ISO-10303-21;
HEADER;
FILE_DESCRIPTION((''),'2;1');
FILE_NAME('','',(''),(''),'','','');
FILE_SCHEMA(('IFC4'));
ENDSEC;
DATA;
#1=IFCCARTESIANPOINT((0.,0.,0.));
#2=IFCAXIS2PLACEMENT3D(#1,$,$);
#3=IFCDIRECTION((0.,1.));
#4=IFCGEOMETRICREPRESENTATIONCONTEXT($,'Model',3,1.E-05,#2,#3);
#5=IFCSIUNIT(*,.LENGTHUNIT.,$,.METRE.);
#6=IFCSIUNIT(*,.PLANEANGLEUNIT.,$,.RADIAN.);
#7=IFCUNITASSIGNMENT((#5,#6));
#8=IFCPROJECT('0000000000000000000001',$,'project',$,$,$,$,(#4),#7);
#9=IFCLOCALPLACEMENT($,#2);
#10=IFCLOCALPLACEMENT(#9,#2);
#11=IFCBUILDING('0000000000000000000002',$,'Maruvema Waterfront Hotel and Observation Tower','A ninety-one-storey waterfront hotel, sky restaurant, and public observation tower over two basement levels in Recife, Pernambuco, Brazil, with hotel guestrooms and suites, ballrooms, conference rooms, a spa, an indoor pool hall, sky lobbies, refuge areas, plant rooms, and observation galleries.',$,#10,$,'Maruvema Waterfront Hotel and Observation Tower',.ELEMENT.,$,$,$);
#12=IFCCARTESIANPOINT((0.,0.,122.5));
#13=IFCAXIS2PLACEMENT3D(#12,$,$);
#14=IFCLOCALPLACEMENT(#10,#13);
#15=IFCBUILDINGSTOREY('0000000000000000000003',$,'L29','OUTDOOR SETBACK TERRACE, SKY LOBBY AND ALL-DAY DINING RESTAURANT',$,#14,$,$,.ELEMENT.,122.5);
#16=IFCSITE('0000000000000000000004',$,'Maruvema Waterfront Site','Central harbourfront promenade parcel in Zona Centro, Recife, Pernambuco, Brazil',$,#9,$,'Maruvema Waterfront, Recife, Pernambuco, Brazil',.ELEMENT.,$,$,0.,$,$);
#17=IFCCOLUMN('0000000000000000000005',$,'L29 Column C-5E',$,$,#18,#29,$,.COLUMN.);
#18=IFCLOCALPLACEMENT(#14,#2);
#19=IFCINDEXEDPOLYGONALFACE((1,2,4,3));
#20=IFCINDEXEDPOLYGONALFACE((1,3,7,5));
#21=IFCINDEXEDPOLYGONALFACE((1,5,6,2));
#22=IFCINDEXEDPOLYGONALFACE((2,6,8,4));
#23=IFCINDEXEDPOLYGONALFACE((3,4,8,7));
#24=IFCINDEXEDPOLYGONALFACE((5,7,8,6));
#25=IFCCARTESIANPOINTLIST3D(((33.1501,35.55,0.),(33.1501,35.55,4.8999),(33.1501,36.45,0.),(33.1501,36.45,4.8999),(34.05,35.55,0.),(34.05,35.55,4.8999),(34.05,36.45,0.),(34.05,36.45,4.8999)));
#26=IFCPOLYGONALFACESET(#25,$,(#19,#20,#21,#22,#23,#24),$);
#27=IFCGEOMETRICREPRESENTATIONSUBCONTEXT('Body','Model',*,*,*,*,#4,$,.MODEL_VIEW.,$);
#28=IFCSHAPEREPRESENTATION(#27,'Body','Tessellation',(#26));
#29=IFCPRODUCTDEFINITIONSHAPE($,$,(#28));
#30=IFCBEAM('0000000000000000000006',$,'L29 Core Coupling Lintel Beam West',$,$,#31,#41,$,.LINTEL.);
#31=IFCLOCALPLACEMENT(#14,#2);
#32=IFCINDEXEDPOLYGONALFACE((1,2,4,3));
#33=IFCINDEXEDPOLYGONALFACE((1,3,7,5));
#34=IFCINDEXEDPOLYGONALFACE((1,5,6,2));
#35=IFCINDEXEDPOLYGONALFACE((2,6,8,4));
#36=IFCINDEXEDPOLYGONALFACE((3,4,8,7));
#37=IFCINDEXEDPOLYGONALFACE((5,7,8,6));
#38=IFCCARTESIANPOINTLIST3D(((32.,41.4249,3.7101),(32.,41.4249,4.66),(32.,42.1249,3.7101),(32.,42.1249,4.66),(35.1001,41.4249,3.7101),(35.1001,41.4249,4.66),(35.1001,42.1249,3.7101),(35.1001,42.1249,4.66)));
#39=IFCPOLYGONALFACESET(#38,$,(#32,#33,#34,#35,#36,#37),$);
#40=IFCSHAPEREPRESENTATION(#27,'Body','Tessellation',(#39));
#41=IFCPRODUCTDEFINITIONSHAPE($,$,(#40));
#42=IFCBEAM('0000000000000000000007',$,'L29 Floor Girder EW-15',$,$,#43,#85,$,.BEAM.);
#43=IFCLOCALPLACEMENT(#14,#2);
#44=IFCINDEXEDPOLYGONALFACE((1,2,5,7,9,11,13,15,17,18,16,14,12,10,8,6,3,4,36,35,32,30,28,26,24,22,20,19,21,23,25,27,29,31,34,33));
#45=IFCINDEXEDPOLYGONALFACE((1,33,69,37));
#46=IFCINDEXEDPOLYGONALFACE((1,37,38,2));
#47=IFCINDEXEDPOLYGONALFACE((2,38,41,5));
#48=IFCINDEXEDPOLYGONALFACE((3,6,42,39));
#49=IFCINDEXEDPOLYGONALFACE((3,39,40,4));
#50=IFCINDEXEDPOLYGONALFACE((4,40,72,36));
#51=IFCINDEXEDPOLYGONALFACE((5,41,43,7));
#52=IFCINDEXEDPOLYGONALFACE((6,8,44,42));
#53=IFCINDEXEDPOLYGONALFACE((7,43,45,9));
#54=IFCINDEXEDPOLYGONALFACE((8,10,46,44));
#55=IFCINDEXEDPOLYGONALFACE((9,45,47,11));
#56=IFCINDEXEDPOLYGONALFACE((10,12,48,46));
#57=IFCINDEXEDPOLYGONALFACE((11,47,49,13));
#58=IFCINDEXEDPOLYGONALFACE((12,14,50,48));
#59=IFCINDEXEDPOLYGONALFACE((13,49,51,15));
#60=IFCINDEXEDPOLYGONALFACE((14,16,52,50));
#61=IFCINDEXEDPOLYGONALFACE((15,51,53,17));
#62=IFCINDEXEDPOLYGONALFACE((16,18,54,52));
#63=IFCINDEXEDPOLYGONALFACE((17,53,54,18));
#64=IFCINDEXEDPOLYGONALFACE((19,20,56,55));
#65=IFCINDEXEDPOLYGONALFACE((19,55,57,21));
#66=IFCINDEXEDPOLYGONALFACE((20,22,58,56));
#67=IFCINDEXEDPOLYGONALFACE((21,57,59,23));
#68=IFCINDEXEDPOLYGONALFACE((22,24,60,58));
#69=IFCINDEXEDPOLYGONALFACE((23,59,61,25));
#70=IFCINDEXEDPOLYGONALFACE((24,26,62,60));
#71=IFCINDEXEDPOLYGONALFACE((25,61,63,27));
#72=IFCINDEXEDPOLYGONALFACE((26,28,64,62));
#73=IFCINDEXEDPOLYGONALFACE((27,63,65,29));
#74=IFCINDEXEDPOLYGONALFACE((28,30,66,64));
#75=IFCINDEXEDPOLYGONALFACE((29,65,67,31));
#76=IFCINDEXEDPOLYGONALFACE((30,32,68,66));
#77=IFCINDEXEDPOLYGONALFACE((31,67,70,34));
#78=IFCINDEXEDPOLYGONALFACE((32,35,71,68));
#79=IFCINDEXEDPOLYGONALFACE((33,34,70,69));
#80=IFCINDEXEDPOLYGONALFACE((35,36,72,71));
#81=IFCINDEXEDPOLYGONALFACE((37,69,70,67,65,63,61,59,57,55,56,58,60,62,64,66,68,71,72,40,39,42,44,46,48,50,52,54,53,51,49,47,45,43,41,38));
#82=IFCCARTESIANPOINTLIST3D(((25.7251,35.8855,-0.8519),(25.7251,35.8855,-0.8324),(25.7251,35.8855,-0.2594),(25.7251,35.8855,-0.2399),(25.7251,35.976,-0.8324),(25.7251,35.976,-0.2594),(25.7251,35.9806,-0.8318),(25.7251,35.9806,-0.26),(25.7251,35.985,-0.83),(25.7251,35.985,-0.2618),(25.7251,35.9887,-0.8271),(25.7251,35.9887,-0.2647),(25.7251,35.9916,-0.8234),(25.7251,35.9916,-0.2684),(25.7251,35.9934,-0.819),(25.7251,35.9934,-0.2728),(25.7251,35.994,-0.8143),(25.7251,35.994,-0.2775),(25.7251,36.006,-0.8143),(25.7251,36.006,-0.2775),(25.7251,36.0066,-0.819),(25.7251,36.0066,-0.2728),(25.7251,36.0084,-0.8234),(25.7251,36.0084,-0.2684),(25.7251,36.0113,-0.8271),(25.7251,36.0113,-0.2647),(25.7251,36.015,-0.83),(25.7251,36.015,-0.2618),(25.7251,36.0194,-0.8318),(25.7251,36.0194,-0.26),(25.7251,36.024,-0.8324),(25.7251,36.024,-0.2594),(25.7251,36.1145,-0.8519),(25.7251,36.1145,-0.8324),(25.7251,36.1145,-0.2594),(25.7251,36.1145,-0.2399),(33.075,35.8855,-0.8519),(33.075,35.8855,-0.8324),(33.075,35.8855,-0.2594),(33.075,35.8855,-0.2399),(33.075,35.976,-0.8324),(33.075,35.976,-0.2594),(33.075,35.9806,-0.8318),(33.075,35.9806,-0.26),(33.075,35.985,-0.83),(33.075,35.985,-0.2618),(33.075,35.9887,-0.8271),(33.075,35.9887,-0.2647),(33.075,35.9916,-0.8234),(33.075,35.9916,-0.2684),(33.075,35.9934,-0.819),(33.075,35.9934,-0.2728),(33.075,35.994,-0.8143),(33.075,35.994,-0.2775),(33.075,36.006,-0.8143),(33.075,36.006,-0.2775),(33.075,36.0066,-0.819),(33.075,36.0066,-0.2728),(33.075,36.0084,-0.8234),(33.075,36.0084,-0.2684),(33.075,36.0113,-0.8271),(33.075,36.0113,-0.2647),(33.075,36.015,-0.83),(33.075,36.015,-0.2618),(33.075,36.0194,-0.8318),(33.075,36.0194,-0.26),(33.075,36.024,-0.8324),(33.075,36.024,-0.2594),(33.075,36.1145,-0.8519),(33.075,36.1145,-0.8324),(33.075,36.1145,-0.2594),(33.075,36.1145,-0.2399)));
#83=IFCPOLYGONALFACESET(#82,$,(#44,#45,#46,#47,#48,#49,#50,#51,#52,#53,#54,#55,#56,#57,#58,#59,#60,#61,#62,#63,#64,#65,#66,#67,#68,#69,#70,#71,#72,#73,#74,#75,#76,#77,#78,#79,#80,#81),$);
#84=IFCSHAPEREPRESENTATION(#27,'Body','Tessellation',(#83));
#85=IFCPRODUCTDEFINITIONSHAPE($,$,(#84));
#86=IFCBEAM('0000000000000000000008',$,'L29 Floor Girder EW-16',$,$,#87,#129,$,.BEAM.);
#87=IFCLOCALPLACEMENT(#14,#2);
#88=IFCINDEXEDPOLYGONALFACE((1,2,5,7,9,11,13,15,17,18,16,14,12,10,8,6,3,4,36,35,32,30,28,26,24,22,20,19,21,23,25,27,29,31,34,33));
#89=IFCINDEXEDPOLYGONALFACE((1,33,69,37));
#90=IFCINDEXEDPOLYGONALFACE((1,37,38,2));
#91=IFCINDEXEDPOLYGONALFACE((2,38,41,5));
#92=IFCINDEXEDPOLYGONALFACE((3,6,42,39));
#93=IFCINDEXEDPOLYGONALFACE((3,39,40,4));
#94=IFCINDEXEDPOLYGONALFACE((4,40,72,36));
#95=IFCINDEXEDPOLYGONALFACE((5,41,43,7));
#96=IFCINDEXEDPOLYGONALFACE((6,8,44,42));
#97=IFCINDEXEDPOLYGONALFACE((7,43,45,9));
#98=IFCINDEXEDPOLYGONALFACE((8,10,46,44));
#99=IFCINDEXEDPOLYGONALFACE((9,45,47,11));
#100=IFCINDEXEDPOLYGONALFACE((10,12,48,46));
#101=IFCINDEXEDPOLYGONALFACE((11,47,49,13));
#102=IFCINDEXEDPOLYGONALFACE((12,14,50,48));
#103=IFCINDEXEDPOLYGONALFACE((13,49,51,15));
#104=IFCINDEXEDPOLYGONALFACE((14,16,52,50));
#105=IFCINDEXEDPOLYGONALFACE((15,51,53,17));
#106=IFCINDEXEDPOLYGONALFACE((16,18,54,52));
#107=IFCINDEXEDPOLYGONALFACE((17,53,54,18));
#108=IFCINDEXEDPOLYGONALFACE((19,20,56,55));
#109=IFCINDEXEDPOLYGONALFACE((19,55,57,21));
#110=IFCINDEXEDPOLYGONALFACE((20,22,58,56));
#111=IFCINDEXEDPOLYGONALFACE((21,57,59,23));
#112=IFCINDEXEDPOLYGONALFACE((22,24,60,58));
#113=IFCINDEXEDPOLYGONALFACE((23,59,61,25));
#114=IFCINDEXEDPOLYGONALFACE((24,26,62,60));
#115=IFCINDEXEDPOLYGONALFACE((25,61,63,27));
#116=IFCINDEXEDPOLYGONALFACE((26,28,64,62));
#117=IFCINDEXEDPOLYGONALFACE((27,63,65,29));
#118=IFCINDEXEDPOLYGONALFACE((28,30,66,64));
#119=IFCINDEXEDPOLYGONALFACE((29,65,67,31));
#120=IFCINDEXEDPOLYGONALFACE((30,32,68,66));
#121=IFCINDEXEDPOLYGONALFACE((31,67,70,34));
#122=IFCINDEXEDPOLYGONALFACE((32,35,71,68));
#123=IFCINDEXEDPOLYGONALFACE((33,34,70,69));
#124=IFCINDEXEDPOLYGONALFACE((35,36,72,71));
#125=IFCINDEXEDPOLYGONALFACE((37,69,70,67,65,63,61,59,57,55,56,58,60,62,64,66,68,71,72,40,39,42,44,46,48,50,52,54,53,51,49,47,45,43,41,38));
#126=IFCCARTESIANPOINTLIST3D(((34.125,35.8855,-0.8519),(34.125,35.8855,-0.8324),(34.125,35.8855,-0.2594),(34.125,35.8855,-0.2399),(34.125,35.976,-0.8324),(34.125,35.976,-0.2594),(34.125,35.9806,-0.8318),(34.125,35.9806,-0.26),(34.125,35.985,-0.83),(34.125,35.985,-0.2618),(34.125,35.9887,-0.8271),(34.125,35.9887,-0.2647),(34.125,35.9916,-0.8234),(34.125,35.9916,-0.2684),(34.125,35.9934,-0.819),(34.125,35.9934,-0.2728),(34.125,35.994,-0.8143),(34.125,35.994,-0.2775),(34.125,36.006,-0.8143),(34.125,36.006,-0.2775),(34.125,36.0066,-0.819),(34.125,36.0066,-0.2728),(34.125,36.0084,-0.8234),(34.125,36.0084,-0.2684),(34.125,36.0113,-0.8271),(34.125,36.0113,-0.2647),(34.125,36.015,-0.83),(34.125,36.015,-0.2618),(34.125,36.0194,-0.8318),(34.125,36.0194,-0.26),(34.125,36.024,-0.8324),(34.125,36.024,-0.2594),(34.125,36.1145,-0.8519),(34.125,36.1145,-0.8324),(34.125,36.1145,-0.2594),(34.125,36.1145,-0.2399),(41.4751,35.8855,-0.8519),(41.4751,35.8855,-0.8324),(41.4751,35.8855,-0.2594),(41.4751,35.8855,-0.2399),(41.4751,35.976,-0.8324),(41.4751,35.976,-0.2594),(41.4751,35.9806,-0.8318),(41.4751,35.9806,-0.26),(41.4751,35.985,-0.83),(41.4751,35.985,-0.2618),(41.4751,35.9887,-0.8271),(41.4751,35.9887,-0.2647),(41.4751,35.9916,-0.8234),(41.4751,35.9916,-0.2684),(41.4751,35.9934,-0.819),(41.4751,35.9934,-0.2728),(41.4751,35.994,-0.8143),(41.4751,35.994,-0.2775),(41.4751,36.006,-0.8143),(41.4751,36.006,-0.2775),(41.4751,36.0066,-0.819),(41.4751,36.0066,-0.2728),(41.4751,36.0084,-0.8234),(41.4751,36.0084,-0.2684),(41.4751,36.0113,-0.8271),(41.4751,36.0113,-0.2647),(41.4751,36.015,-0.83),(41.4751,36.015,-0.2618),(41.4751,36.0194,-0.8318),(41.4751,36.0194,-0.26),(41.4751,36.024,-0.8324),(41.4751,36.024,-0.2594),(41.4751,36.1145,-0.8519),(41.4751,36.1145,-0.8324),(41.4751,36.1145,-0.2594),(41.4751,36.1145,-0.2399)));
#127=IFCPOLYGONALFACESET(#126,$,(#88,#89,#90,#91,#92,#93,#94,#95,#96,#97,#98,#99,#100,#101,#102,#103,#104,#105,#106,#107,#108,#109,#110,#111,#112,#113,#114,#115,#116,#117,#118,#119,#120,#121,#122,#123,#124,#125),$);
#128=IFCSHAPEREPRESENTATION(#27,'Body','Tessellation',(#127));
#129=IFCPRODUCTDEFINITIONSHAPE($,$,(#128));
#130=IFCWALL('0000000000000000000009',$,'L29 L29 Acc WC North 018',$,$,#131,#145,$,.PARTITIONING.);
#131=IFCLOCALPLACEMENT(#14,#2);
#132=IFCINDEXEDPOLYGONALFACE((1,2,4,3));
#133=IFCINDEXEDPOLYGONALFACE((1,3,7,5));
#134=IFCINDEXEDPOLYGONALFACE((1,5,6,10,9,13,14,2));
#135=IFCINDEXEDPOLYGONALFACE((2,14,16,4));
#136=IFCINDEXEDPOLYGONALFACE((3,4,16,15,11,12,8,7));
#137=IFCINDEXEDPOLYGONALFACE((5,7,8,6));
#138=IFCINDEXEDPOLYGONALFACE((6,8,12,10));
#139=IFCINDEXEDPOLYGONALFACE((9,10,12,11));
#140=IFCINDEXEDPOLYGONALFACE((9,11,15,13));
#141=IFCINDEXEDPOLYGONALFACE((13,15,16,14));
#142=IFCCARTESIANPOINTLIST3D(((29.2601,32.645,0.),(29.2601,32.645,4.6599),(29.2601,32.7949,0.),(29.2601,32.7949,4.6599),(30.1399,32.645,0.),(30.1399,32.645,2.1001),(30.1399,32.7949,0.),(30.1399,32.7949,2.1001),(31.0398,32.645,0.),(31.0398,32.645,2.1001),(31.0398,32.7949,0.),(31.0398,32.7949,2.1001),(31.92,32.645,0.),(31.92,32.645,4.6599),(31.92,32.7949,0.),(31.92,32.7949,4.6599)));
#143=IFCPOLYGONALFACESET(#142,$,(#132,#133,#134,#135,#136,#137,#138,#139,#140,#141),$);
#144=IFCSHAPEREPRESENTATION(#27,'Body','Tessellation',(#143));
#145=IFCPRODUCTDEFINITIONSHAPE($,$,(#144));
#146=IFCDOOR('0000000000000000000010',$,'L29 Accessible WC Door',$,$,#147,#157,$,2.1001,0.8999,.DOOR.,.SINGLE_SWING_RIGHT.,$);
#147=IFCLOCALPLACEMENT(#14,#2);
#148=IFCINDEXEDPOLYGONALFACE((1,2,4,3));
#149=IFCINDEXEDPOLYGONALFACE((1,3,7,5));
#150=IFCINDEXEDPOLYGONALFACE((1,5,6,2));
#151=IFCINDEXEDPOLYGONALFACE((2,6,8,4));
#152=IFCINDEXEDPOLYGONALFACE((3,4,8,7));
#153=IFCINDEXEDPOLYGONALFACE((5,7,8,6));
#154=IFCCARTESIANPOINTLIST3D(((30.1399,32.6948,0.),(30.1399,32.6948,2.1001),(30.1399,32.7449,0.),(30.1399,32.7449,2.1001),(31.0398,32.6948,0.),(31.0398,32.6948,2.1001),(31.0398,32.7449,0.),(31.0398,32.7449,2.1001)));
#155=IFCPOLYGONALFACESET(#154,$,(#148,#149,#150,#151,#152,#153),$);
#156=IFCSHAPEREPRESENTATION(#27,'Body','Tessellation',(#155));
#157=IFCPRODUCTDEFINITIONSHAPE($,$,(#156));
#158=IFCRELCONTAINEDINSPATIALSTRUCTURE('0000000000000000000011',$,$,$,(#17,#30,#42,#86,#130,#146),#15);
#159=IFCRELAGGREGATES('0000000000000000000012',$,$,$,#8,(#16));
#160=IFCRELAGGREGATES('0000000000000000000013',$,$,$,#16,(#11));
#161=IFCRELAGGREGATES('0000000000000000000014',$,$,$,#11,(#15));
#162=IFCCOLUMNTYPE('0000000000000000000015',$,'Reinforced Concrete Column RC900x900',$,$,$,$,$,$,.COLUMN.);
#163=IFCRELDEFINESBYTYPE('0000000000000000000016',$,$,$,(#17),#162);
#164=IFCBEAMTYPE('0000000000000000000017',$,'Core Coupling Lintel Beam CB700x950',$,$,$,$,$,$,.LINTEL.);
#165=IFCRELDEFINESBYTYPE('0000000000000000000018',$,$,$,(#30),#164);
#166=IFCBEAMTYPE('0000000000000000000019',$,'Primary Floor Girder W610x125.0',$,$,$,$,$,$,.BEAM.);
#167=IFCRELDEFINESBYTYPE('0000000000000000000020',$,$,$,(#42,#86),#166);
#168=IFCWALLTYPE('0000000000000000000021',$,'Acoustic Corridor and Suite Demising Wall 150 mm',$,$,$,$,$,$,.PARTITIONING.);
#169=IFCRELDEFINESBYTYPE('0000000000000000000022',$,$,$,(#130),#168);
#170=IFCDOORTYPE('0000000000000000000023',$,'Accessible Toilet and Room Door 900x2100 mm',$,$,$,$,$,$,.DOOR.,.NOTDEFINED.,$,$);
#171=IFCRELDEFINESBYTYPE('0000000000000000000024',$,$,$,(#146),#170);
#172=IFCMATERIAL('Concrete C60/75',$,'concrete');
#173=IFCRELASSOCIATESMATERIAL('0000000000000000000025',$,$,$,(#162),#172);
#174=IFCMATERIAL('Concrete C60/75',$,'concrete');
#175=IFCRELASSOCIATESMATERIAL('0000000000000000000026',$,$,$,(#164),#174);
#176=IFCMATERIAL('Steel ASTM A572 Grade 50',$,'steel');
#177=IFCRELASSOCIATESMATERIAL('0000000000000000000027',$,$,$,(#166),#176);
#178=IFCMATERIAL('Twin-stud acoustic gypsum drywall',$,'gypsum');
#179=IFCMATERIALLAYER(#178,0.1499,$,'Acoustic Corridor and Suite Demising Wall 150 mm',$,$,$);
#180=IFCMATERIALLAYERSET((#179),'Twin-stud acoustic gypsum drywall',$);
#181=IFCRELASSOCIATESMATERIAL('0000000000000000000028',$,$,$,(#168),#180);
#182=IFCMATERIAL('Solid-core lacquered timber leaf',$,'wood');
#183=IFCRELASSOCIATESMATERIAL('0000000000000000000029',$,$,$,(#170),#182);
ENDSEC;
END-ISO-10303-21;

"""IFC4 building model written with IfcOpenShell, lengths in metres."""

from ifc_helpers import new_model, si_unit, direction, frame, frame_2d, origin, origin_2d, place, context, subcontext, project, spatial, rectangle, i_section, extrude, material, layer, layer_set, material_profile, profile_set, type_object, element, fill, save


model = new_model("IFC4")

# Units and contexts
model_context = context("Model", 3, precision=1e-05, world=origin(), true_north=direction((0.0, 1.0)))
body_context = subcontext(model_context, "Body", "Model", "MODEL_VIEW")
ifc_project = project(units=[si_unit("LENGTHUNIT", "METRE"), si_unit("PLANEANGLEUNIT", "RADIAN")], contexts=[model_context])

# Site, building, storey
site_placement = place(None, origin())
site = spatial("IfcSite", under=ifc_project, at=site_placement, Name="Maruvema Waterfront Site", Description="Central harbourfront promenade parcel in Zona Centro, Recife, Pernambuco, Brazil", LongName="Maruvema Waterfront, Recife, Pernambuco, Brazil", CompositionType="ELEMENT", RefElevation=0.0)
building_placement = place(site_placement, origin())
building = spatial("IfcBuilding", under=site, at=building_placement, Name="Maruvema Waterfront Hotel and Observation Tower", Description="A ninety-one-storey waterfront hotel, sky restaurant, and public observation tower over two basement levels in Recife, Pernambuco, Brazil, with hotel guestrooms and suites, ballrooms, conference rooms, a spa, an indoor pool hall, sky lobbies, refuge areas, plant rooms, and observation galleries.", LongName="Maruvema Waterfront Hotel and Observation Tower", CompositionType="ELEMENT")
storey_placement = place(building_placement, frame((0.0, 0.0, 122.5)))
storey = spatial("IfcBuildingStorey", under=building, at=storey_placement, Name="L29", Description="OUTDOOR SETBACK TERRACE, SKY LOBBY AND ALL-DAY DINING RESTAURANT", CompositionType="ELEMENT", Elevation=122.5)

# Column
ifc_material_1 = material(Name="Concrete C60/75", Category="concrete")
ifc_material_profile_1 = material_profile(ifc_material_1, rectangle(XDim=0.8999, YDim=0.8999, at=origin_2d()), Name="RC900x900")
ifc_profile_set_1 = profile_set([ifc_material_profile_1], Name="Concrete C60/75")
column_type = type_object("IfcColumnType", Name="Reinforced Concrete Column RC900x900", PredefinedType="COLUMN", material=ifc_profile_set_1)
column_placement = place(storey_placement, frame((33.6001, 36.0, 0.0), z_axis=(0.0, 0.0, 1.0), x_axis=(1.0, 0.0, 0.0)))
element("IfcColumn", 1, at=column_placement, inside=storey, type_object=column_type, Name="L29 Column C-5E", PredefinedType="COLUMN", context=body_context, shape_type="SweptSolid", body=[
    extrude(rectangle(XDim=0.8999, YDim=0.8999, at=origin_2d()), origin(), (0.0, 0.0, 1.0), 4.8999),
])

# Beams
ifc_material_2 = material(Name="Concrete C60/75", Category="concrete")
ifc_material_profile_2 = material_profile(ifc_material_2, rectangle(XDim=0.7, YDim=0.95, at=origin_2d()), Name="CB700x950")
ifc_profile_set_2 = profile_set([ifc_material_profile_2], Name="Concrete C60/75")
beam_type_1 = type_object("IfcBeamType", Name="Core Coupling Lintel Beam CB700x950", PredefinedType="LINTEL", material=ifc_profile_set_2)
beam_1_placement = place(storey_placement, frame((32.0, 41.7749, 4.1851), z_axis=(1.0, 0.0, 0.0), x_axis=(0.0, 1.0, 0.0)))
element("IfcBeam", 2, at=beam_1_placement, inside=storey, type_object=beam_type_1, Name="L29 Core Coupling Lintel Beam West", PredefinedType="LINTEL", context=body_context, shape_type="SweptSolid", body=[
    extrude(rectangle(XDim=0.7, YDim=0.95, at=origin_2d()), origin(), (0.0, 0.0, 1.0), 3.1001),
])
ifc_material_3 = material(Name="Steel ASTM A572 Grade 50", Category="steel")
ifc_material_profile_3 = material_profile(ifc_material_3, i_section(OverallWidth=0.229, OverallDepth=0.6121, WebThickness=0.012, FlangeThickness=0.0195, FilletRadius=0.0181, at=origin_2d()), Name="W610x125.0")
ifc_profile_set_3 = profile_set([ifc_material_profile_3], Name="Steel ASTM A572 Grade 50")
beam_type_2 = type_object("IfcBeamType", Name="Primary Floor Girder W610x125.0", PredefinedType="BEAM", material=ifc_profile_set_3)
beam_2_placement = place(storey_placement, frame((25.7251, 36.0, -0.5459), z_axis=(1.0, 0.0, 0.0), x_axis=(0.0, 1.0, 0.0)))
element("IfcBeam", 3, at=beam_2_placement, inside=storey, type_object=beam_type_2, Name="L29 Floor Girder EW-15", PredefinedType="BEAM", context=body_context, shape_type="SweptSolid", body=[
    extrude(i_section(OverallWidth=0.229, OverallDepth=0.6121, WebThickness=0.012, FlangeThickness=0.0195, FilletRadius=0.0181, at=origin_2d()), origin(), (0.0, 0.0, 1.0), 7.3499),
])
beam_3_placement = place(storey_placement, frame((34.125, 36.0, -0.5459), z_axis=(1.0, 0.0, 0.0), x_axis=(0.0, 1.0, 0.0)))
element("IfcBeam", 4, at=beam_3_placement, inside=storey, type_object=beam_type_2, Name="L29 Floor Girder EW-16", PredefinedType="BEAM", context=body_context, shape_type="SweptSolid", body=[
    extrude(i_section(OverallWidth=0.229, OverallDepth=0.6121, WebThickness=0.012, FlangeThickness=0.0195, FilletRadius=0.0181, at=origin_2d()), origin(), (0.0, 0.0, 1.0), 7.3501),
])

# Wall, opening, door
ifc_material_4 = material(Name="Twin-stud acoustic gypsum drywall", Category="gypsum")
ifc_layer_1 = layer(ifc_material_4, 0.1499, Name="Acoustic Corridor and Suite Demising Wall 150 mm")
ifc_layer_set_1 = layer_set([ifc_layer_1], Name="Twin-stud acoustic gypsum drywall")
wall_type_1 = type_object("IfcWallType", Name="Acoustic Corridor and Suite Demising Wall 150 mm", PredefinedType="PARTITIONING", material=ifc_layer_set_1)
wall_1_placement = place(storey_placement, frame((29.26, 32.72, 0.0), z_axis=(0.0, 0.0, 1.0), x_axis=(1.0, 0.0, 0.0)))
wall_1 = element("IfcWall", 5, at=wall_1_placement, inside=storey, type_object=wall_type_1, Name="L29 L29 Acc WC North 018", PredefinedType="PARTITIONING", context=body_context, shape_type="SweptSolid", body=[
    extrude(rectangle(XDim=2.6599, YDim=0.1499, at=frame_2d((1.3301, 0.0))), origin(), (0.0, 0.0, 1.0), 4.6599),
])
opening_1_placement = place(wall_1_placement, frame((0.8799, 0.0, 0.0)))
opening_1 = element("IfcOpeningElement", 6, at=opening_1_placement, cuts=wall_1, PredefinedType="OPENING", context=body_context, shape_type="SweptSolid", body=[
    extrude(rectangle(XDim=0.8999, YDim=2.1001, at=frame_2d((0.45, 1.05))), frame((0.0, 0.085, 0.0), z_axis=(0.0, -1.0, 0.0), x_axis=(1.0, 0.0, 0.0)), (0.0, 0.0, 1.0), 0.1699),
])
ifc_material_5 = material(Name="Solid-core lacquered timber leaf", Category="wood")
door_type_1 = type_object("IfcDoorType", Name="Accessible Toilet and Room Door 900x2100 mm", OperationType="NOTDEFINED", PredefinedType="DOOR", material=ifc_material_5)
door_1_placement = place(opening_1_placement, origin())
door_1 = element("IfcDoor", 7, at=door_1_placement, inside=storey, type_object=door_type_1, Name="L29 Accessible WC Door", OperationType="SINGLE_SWING_RIGHT", OverallHeight=2.1001, OverallWidth=0.8999, PredefinedType="DOOR", context=body_context, shape_type="SweptSolid", body=[
    extrude(rectangle(XDim=0.8999, YDim=2.1001, at=frame_2d((0.45, 1.05))), frame((0.0, 0.0249, 0.0), z_axis=(0.0, -1.0, 0.0), x_axis=(1.0, 0.0, 0.0)), (0.0, 0.0, 1.0), 0.05),
])
fill(opening_1, door_1)

save(model, "model.ifc")
